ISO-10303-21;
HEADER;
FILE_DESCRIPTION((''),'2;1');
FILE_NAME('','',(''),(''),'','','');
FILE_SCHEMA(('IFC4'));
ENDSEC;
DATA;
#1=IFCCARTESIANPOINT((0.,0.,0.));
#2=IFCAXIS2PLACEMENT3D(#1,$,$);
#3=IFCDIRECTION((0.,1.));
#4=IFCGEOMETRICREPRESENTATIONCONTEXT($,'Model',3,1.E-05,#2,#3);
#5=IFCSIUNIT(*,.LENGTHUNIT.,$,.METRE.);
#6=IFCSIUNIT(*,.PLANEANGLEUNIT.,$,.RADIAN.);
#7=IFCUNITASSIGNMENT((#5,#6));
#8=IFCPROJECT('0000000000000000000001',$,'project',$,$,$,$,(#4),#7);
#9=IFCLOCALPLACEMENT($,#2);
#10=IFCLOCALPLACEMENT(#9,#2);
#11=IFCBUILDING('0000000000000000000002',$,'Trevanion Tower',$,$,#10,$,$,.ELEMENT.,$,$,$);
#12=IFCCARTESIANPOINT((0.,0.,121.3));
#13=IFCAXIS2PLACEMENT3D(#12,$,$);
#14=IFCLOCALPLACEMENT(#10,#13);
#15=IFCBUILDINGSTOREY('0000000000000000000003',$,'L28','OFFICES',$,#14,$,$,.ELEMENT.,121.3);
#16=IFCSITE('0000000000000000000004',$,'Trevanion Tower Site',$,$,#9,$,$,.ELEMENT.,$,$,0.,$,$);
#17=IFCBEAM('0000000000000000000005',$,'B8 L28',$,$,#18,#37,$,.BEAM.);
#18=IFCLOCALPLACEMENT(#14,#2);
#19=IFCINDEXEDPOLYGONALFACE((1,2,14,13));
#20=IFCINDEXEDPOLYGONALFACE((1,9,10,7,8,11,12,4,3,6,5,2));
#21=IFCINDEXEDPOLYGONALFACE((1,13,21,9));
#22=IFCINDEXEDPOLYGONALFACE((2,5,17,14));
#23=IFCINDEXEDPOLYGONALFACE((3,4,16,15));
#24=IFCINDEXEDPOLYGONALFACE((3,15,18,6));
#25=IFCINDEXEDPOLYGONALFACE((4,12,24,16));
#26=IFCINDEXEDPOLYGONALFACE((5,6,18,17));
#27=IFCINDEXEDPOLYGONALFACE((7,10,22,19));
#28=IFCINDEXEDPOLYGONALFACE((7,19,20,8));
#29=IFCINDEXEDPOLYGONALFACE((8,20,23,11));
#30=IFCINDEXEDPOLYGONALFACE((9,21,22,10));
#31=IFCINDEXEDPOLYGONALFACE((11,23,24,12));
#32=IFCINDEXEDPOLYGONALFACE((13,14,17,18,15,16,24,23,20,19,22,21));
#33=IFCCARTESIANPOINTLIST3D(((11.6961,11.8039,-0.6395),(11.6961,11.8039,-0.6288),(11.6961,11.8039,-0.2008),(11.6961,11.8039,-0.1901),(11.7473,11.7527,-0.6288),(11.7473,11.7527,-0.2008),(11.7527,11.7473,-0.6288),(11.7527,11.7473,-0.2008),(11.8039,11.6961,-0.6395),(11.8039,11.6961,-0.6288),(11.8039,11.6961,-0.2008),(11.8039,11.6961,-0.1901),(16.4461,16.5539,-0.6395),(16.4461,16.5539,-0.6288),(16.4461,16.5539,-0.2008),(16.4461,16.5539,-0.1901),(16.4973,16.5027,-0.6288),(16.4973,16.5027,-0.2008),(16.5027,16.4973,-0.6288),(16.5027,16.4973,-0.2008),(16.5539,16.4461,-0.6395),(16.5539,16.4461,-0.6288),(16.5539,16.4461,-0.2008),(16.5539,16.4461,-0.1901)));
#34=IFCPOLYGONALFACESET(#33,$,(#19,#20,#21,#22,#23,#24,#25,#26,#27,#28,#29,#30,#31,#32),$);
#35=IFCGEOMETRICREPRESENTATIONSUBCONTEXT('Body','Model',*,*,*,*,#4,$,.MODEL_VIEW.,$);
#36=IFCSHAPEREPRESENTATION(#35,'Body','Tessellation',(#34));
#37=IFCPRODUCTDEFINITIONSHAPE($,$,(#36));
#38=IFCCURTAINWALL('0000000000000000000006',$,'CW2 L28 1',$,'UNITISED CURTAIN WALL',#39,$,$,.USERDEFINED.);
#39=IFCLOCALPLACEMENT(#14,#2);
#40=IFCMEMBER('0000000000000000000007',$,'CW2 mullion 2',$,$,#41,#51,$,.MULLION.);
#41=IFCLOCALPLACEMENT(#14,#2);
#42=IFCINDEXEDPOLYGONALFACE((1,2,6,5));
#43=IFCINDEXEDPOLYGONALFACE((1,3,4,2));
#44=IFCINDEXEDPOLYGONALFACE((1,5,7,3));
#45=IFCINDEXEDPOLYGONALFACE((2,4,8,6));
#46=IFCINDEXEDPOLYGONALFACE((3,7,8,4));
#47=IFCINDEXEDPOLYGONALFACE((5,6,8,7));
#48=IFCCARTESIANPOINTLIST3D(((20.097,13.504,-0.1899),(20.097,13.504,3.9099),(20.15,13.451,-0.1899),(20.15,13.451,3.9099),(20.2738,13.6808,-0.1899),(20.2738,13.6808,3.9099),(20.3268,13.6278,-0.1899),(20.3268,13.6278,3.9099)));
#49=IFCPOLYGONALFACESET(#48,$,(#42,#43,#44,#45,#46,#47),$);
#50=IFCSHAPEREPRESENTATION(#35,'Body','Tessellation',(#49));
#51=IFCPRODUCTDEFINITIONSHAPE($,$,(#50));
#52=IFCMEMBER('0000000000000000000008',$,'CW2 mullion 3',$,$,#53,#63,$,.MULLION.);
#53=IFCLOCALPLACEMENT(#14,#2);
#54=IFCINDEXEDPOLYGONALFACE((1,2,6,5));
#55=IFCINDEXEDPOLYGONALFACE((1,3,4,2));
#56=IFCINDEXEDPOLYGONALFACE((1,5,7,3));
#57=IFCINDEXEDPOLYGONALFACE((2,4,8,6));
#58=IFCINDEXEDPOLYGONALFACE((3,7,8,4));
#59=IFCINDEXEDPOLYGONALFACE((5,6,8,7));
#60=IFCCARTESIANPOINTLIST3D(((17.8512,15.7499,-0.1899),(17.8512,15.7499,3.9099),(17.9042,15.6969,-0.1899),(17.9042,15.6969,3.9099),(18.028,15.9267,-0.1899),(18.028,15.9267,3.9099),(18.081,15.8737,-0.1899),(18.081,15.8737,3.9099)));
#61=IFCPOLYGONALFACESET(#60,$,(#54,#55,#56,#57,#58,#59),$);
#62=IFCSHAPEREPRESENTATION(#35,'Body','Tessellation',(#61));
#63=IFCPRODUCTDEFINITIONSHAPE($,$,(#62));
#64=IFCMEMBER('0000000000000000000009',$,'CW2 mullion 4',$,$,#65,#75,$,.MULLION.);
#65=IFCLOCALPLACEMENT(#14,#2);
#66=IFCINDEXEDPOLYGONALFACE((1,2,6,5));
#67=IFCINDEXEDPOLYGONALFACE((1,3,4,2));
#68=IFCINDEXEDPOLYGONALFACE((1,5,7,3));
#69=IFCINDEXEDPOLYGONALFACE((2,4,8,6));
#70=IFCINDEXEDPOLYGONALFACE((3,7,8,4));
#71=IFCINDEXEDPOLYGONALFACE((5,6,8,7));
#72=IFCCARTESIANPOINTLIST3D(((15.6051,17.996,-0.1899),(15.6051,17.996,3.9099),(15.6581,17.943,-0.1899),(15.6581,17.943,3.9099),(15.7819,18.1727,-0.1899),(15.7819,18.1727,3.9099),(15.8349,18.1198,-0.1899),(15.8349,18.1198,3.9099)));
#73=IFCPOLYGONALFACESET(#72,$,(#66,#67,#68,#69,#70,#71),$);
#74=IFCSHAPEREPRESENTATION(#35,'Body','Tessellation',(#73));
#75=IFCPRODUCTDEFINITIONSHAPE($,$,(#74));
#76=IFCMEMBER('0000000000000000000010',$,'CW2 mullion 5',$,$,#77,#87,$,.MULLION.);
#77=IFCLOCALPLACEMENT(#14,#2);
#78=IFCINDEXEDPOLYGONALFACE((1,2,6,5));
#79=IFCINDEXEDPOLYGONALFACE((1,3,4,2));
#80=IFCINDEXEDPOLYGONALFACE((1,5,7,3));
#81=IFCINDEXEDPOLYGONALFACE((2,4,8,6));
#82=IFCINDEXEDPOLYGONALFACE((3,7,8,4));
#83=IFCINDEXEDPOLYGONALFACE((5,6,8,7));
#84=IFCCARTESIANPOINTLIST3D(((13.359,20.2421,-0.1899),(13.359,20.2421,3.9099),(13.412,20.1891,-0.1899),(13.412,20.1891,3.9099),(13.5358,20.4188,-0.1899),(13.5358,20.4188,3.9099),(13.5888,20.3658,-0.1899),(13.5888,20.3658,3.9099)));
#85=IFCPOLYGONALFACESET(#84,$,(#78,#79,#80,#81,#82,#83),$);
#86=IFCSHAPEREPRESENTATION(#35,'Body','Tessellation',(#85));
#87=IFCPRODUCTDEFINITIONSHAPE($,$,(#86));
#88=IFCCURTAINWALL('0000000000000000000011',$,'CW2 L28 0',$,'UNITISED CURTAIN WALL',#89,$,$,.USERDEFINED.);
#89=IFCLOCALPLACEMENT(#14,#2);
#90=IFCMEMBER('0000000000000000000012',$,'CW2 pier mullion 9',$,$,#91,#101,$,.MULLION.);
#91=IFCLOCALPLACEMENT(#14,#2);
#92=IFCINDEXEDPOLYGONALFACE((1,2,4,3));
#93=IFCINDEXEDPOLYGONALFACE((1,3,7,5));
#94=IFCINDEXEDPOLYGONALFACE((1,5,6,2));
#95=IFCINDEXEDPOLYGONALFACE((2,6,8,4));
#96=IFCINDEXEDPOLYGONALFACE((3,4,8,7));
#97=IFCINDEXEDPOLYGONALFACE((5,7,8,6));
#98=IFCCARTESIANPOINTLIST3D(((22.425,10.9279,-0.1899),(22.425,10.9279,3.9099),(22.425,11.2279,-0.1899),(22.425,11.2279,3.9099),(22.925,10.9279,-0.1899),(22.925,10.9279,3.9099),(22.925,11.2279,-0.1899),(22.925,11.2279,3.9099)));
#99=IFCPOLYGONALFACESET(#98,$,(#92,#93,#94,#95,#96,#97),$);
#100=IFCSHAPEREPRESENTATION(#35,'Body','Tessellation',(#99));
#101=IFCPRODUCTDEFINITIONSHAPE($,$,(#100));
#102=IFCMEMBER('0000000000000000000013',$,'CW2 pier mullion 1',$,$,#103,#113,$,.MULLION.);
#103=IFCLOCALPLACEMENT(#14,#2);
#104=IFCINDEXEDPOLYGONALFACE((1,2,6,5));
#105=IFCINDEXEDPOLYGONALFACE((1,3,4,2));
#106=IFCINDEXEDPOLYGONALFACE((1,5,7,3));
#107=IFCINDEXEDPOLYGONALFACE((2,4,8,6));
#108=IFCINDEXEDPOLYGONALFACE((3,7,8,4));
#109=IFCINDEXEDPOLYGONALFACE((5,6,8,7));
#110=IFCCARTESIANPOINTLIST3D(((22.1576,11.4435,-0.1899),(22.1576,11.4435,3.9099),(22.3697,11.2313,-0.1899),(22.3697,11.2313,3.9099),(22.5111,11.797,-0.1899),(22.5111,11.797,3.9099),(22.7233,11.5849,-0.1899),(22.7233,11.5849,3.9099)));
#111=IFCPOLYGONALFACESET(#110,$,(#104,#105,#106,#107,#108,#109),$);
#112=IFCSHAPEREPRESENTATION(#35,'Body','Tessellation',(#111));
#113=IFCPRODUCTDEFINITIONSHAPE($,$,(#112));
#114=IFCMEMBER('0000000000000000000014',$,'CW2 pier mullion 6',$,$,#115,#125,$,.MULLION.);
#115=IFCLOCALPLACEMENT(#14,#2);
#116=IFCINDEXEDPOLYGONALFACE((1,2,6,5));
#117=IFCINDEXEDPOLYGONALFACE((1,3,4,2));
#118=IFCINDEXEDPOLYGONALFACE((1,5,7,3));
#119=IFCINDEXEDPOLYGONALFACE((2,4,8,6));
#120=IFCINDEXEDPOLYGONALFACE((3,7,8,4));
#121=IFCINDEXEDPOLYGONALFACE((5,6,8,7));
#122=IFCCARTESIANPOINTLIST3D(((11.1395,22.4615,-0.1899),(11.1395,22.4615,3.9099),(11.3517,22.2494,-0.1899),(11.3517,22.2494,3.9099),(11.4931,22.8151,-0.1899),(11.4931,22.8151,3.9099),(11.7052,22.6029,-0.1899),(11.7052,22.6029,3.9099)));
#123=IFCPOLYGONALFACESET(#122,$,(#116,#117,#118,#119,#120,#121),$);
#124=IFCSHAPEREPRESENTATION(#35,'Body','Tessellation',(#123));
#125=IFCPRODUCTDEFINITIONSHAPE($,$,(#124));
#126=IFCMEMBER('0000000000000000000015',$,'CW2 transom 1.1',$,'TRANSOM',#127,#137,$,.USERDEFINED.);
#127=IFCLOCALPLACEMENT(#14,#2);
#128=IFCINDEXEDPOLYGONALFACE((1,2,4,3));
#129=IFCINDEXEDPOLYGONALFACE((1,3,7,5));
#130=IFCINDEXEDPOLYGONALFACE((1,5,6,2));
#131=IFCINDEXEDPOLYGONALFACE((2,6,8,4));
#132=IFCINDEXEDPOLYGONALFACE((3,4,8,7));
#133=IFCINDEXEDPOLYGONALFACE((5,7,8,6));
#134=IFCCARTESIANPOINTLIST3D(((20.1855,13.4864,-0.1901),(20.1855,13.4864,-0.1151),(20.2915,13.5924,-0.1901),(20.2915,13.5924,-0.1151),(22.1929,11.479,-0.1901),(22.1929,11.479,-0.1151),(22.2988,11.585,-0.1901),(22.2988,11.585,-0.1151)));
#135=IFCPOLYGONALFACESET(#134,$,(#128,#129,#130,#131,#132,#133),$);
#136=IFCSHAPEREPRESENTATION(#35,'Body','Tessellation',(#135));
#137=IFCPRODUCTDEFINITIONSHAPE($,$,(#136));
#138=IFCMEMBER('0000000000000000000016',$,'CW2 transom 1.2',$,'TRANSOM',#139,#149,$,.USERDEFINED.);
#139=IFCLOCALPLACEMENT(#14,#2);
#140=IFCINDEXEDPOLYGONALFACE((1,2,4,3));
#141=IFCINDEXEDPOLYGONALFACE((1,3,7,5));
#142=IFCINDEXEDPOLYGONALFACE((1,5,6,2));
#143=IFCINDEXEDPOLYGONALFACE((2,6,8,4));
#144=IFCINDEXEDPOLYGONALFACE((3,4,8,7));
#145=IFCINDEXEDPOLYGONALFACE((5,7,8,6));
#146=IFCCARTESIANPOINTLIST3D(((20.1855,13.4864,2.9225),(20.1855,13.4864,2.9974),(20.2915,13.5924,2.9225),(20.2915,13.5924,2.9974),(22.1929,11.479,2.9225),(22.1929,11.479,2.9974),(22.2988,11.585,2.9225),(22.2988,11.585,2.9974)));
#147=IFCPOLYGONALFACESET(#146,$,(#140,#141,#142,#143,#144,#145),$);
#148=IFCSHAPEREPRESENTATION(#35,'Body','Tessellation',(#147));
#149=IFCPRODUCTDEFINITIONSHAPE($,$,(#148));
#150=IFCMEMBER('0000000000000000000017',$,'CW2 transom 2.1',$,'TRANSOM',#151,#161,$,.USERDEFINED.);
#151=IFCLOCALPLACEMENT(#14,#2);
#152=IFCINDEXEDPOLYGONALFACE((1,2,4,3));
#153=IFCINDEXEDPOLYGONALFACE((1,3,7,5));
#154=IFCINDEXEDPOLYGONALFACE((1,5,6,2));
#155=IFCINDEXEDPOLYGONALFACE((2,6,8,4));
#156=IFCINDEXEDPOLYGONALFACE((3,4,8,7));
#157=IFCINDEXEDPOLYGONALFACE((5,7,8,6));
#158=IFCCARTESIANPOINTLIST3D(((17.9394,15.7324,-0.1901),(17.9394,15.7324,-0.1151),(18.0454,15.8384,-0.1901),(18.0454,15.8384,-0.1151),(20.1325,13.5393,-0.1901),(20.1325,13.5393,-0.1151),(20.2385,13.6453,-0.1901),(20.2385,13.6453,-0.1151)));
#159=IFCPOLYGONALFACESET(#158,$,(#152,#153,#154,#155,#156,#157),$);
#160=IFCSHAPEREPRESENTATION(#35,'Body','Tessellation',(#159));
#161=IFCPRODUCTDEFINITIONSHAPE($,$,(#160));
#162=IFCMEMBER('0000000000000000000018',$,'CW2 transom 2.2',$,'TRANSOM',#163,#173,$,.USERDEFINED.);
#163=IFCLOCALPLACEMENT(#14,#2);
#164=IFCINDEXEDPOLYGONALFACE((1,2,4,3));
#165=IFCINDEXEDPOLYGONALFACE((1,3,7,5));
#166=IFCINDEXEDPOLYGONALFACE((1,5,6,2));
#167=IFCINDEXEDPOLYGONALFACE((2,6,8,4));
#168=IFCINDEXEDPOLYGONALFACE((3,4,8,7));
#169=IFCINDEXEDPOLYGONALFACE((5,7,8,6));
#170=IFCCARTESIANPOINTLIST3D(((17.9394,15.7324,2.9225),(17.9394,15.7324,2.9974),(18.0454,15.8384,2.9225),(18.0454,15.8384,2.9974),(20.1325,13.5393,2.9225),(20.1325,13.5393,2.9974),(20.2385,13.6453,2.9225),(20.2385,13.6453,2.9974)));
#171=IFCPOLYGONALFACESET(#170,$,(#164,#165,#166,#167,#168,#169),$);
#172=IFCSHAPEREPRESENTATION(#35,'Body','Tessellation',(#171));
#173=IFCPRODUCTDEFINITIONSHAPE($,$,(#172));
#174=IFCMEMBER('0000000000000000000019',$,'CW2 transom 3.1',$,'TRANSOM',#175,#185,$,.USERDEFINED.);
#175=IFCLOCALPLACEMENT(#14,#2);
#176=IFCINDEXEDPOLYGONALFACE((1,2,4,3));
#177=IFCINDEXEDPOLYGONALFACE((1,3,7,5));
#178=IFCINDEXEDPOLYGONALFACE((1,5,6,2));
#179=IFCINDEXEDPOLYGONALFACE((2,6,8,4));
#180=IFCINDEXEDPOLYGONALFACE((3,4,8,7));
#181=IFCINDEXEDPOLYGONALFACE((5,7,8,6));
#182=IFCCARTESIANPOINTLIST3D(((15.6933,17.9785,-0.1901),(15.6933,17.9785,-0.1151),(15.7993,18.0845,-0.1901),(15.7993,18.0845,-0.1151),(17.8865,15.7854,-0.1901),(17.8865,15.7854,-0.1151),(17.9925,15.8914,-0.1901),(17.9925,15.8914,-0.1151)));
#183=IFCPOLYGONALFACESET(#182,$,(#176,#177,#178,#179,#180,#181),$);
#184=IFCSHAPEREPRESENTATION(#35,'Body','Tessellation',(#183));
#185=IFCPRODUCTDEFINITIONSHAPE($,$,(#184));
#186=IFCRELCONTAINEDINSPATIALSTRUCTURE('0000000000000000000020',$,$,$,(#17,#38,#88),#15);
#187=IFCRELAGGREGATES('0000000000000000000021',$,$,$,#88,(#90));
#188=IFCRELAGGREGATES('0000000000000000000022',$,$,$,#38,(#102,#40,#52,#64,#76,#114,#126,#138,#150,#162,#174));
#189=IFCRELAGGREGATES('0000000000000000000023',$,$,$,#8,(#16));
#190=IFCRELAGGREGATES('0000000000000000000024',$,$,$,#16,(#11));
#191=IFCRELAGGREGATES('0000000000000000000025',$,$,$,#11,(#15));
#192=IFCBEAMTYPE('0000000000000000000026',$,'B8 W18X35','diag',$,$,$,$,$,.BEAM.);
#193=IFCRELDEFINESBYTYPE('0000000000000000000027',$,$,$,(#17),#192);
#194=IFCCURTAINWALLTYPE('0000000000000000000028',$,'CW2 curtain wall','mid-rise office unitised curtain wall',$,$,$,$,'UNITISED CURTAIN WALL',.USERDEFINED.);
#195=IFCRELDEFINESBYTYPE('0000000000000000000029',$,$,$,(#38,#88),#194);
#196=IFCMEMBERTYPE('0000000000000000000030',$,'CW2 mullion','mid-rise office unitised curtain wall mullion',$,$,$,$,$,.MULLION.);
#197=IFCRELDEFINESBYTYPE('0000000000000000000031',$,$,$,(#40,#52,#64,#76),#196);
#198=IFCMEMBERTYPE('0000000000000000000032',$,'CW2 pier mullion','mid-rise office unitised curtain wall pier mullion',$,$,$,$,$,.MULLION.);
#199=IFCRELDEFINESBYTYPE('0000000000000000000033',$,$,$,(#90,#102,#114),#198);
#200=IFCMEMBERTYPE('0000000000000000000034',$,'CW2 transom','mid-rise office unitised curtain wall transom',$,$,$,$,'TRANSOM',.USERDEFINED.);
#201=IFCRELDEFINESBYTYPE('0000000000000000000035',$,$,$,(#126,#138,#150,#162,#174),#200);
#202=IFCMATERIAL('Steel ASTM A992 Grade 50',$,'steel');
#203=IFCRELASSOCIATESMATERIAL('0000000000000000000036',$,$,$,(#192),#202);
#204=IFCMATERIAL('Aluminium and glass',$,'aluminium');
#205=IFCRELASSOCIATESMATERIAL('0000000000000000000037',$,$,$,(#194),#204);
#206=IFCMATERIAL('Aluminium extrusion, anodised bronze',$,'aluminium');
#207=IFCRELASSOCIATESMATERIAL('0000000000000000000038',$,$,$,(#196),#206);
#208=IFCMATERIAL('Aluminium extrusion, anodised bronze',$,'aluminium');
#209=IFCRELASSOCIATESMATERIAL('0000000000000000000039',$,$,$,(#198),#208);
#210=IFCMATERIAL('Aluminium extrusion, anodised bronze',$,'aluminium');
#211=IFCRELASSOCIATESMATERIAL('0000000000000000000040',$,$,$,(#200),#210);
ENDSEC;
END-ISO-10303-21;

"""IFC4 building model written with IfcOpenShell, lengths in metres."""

from ifc_helpers import new_model, si_unit, direction, frame, origin, origin_2d, place, context, subcontext, project, spatial, rectangle, i_section, extrude, material, material_profile, profile_set, type_object, element, aggregate, save


model = new_model("IFC4")

# Units and contexts
model_context = context("Model", 3, precision=1e-05, world=origin(), true_north=direction((0.0, 1.0)))
body_context = subcontext(model_context, "Body", "Model", "MODEL_VIEW")
ifc_project = project(units=[si_unit("LENGTHUNIT", "METRE"), si_unit("PLANEANGLEUNIT", "RADIAN")], contexts=[model_context])

# Site, building, storey
site_placement = place(None, origin())
site = spatial("IfcSite", under=ifc_project, at=site_placement, Name="Trevanion Tower Site", CompositionType="ELEMENT", RefElevation=0.0)
building_placement = place(site_placement, origin())
building = spatial("IfcBuilding", under=site, at=building_placement, Name="Trevanion Tower", CompositionType="ELEMENT")
storey_placement = place(building_placement, frame((0.0, 0.0, 121.3)))
storey = spatial("IfcBuildingStorey", under=building, at=storey_placement, Name="L28", Description="OFFICES", CompositionType="ELEMENT", Elevation=121.3)

# Beam
ifc_material_1 = material(Name="Steel ASTM A992 Grade 50", Category="steel")
ifc_material_profile_1 = material_profile(ifc_material_1, i_section(OverallWidth=0.1523, OverallDepth=0.4495, WebThickness=0.0076, FlangeThickness=0.0107, at=origin_2d()), Name="W18X35")
ifc_profile_set_1 = profile_set([ifc_material_profile_1], Name="Steel ASTM A992 Grade 50")
beam_type_1 = type_object("IfcBeamType", Name="B8 W18X35", Description="diag", PredefinedType="BEAM", material=ifc_profile_set_1)
beam_1_placement = place(storey_placement, frame((11.75, 11.75, -0.4148), z_axis=(0.707107, 0.707107, 0.0), x_axis=(-0.707107, 0.707107, 0.0)))
element("IfcBeam", 1, at=beam_1_placement, inside=storey, type_object=beam_type_1, Name="B8 L28", PredefinedType="BEAM", context=body_context, shape_type="SweptSolid", body=[
    extrude(i_section(OverallWidth=0.1523, OverallDepth=0.4495, WebThickness=0.0076, FlangeThickness=0.0107, at=origin_2d()), origin(), (0.0, 0.0, 1.0), 6.7175),
])

# Curtain wall, members
ifc_material_2 = material(Name="Aluminium and glass", Category="aluminium")
curtain_wall_type = type_object("IfcCurtainWallType", Name="CW2 curtain wall", Description="mid-rise office unitised curtain wall", ElementType="UNITISED CURTAIN WALL", PredefinedType="USERDEFINED", material=ifc_material_2)
curtain_wall_1_placement = place(storey_placement, origin())
curtain_wall_1 = element("IfcCurtainWall", 2, at=curtain_wall_1_placement, inside=storey, type_object=curtain_wall_type, Name="CW2 L28 1", ObjectType="UNITISED CURTAIN WALL", PredefinedType="USERDEFINED")
ifc_material_3 = material(Name="Aluminium extrusion, anodised bronze", Category="aluminium")
ifc_material_profile_2 = material_profile(ifc_material_3, rectangle(XDim=0.075, YDim=0.25, at=origin_2d()), Name="CW2 mullion")
ifc_profile_set_2 = profile_set([ifc_material_profile_2], Name="Aluminium extrusion, anodised bronze")
member_type_1 = type_object("IfcMemberType", Name="CW2 mullion", Description="mid-rise office unitised curtain wall mullion", PredefinedType="MULLION", material=ifc_profile_set_2)
member_1_placement = place(storey_placement, frame((20.2119, 13.5659, -0.1899), z_axis=(0.0, 0.0, 1.0), x_axis=(-0.707107, 0.707107, 0.0)))
member_1 = element("IfcMember", 3, at=member_1_placement, type_object=member_type_1, Name="CW2 mullion 2", PredefinedType="MULLION", context=body_context, shape_type="SweptSolid", body=[
    extrude(rectangle(XDim=0.075, YDim=0.25, at=origin_2d()), origin(), (0.0, 0.0, 1.0), 4.0999),
])
member_2_placement = place(storey_placement, frame((17.9661, 15.8118, -0.1899), z_axis=(0.0, 0.0, 1.0), x_axis=(-0.707107, 0.707107, 0.0)))
member_2 = element("IfcMember", 4, at=member_2_placement, type_object=member_type_1, Name="CW2 mullion 3", PredefinedType="MULLION", context=body_context, shape_type="SweptSolid", body=[
    extrude(rectangle(XDim=0.075, YDim=0.25, at=origin_2d()), origin(), (0.0, 0.0, 1.0), 4.0999),
])
member_3_placement = place(storey_placement, frame((15.72, 18.0579, -0.1899), z_axis=(0.0, 0.0, 1.0), x_axis=(-0.707107, 0.707107, 0.0)))
member_3 = element("IfcMember", 5, at=member_3_placement, type_object=member_type_1, Name="CW2 mullion 4", PredefinedType="MULLION", context=body_context, shape_type="SweptSolid", body=[
    extrude(rectangle(XDim=0.075, YDim=0.25, at=origin_2d()), origin(), (0.0, 0.0, 1.0), 4.0999),
])
member_4_placement = place(storey_placement, frame((13.4739, 20.304, -0.1899), z_axis=(0.0, 0.0, 1.0), x_axis=(-0.707107, 0.707107, 0.0)))
member_4 = element("IfcMember", 6, at=member_4_placement, type_object=member_type_1, Name="CW2 mullion 5", PredefinedType="MULLION", context=body_context, shape_type="SweptSolid", body=[
    extrude(rectangle(XDim=0.075, YDim=0.25, at=origin_2d()), origin(), (0.0, 0.0, 1.0), 4.0999),
])

# Curtain wall, member
curtain_wall_2_placement = place(storey_placement, origin())
curtain_wall_2 = element("IfcCurtainWall", 7, at=curtain_wall_2_placement, inside=storey, type_object=curtain_wall_type, Name="CW2 L28 0", ObjectType="UNITISED CURTAIN WALL", PredefinedType="USERDEFINED")
ifc_material_4 = material(Name="Aluminium extrusion, anodised bronze", Category="aluminium")
ifc_material_profile_3 = material_profile(ifc_material_4, rectangle(XDim=0.3, YDim=0.5, at=origin_2d()), Name="CW2 pier mullion")
ifc_profile_set_3 = profile_set([ifc_material_profile_3], Name="Aluminium extrusion, anodised bronze")
member_type_2 = type_object("IfcMemberType", Name="CW2 pier mullion", Description="mid-rise office unitised curtain wall pier mullion", PredefinedType="MULLION", material=ifc_profile_set_3)
member_5_placement = place(storey_placement, frame((22.675, 11.0779, -0.1899), z_axis=(0.0, 0.0, 1.0), x_axis=(0.0, 1.0, 0.0)))
member_5 = element("IfcMember", 8, at=member_5_placement, type_object=member_type_2, Name="CW2 pier mullion 9", PredefinedType="MULLION", context=body_context, shape_type="SweptSolid", body=[
    extrude(rectangle(XDim=0.3, YDim=0.5, at=origin_2d()), origin(), (0.0, 0.0, 1.0), 4.0999),
])
aggregate(curtain_wall_2, [member_5])

# Members
member_6_placement = place(storey_placement, frame((22.4404, 11.5142, -0.1899), z_axis=(0.0, 0.0, 1.0), x_axis=(-0.707107, 0.707107, 0.0)))
member_6 = element("IfcMember", 9, at=member_6_placement, type_object=member_type_2, Name="CW2 pier mullion 1", PredefinedType="MULLION", context=body_context, shape_type="SweptSolid", body=[
    extrude(rectangle(XDim=0.3, YDim=0.5, at=origin_2d()), origin(), (0.0, 0.0, 1.0), 4.0999),
])
member_7_placement = place(storey_placement, frame((11.4224, 22.5322, -0.1899), z_axis=(0.0, 0.0, 1.0), x_axis=(-0.707107, 0.707107, 0.0)))
member_7 = element("IfcMember", 10, at=member_7_placement, type_object=member_type_2, Name="CW2 pier mullion 6", PredefinedType="MULLION", context=body_context, shape_type="SweptSolid", body=[
    extrude(rectangle(XDim=0.3, YDim=0.5, at=origin_2d()), origin(), (0.0, 0.0, 1.0), 4.0999),
])
ifc_material_5 = material(Name="Aluminium extrusion, anodised bronze", Category="aluminium")
ifc_material_profile_4 = material_profile(ifc_material_5, rectangle(XDim=0.1499, YDim=0.075, at=origin_2d()), Name="CW2 transom")
ifc_profile_set_4 = profile_set([ifc_material_profile_4], Name="Aluminium extrusion, anodised bronze")
member_type_3 = type_object("IfcMemberType", Name="CW2 transom", Description="mid-rise office unitised curtain wall transom", ElementType="TRANSOM", PredefinedType="USERDEFINED", material=ifc_profile_set_4)
member_8_placement = place(storey_placement, frame((22.2458, 11.532, -0.1526), z_axis=(-0.707107, 0.707107, 0.0), x_axis=(-0.707107, -0.707107, 0.0)))
member_8 = element("IfcMember", 11, at=member_8_placement, type_object=member_type_3, Name="CW2 transom 1.1", ObjectType="TRANSOM", PredefinedType="USERDEFINED", context=body_context, shape_type="SweptSolid", body=[
    extrude(rectangle(XDim=0.1499, YDim=0.075, at=origin_2d()), origin(), (0.0, 0.0, 1.0), 2.8389),
])
member_9_placement = place(storey_placement, frame((22.2458, 11.532, 2.96), z_axis=(-0.707107, 0.707107, 0.0), x_axis=(-0.707107, -0.707107, 0.0)))
member_9 = element("IfcMember", 12, at=member_9_placement, type_object=member_type_3, Name="CW2 transom 1.2", ObjectType="TRANSOM", PredefinedType="USERDEFINED", context=body_context, shape_type="SweptSolid", body=[
    extrude(rectangle(XDim=0.1499, YDim=0.075, at=origin_2d()), origin(), (0.0, 0.0, 1.0), 2.8389),
])
member_10_placement = place(storey_placement, frame((20.1855, 13.5923, -0.1526), z_axis=(-0.707107, 0.707107, 0.0), x_axis=(-0.707107, -0.707107, 0.0)))
member_10 = element("IfcMember", 13, at=member_10_placement, type_object=member_type_3, Name="CW2 transom 2.1", ObjectType="TRANSOM", PredefinedType="USERDEFINED", context=body_context, shape_type="SweptSolid", body=[
    extrude(rectangle(XDim=0.1499, YDim=0.075, at=origin_2d()), origin(), (0.0, 0.0, 1.0), 3.1016),
])
member_11_placement = place(storey_placement, frame((20.1855, 13.5923, 2.96), z_axis=(-0.707107, 0.707107, 0.0), x_axis=(-0.707107, -0.707107, 0.0)))
member_11 = element("IfcMember", 14, at=member_11_placement, type_object=member_type_3, Name="CW2 transom 2.2", ObjectType="TRANSOM", PredefinedType="USERDEFINED", context=body_context, shape_type="SweptSolid", body=[
    extrude(rectangle(XDim=0.1499, YDim=0.075, at=origin_2d()), origin(), (0.0, 0.0, 1.0), 3.1016),
])
member_12_placement = place(storey_placement, frame((17.9395, 15.8384, -0.1526), z_axis=(-0.707107, 0.707107, 0.0), x_axis=(-0.707107, -0.707107, 0.0)))
member_12 = element("IfcMember", 15, at=member_12_placement, type_object=member_type_3, Name="CW2 transom 3.1", ObjectType="TRANSOM", PredefinedType="USERDEFINED", context=body_context, shape_type="SweptSolid", body=[
    extrude(rectangle(XDim=0.1499, YDim=0.075, at=origin_2d()), origin(), (0.0, 0.0, 1.0), 3.1016),
])

aggregate(curtain_wall_1, [member_6, member_1, member_2, member_3, member_4, member_7, member_8, member_9, member_10, member_11, member_12])

save(model, "model.ifc")
